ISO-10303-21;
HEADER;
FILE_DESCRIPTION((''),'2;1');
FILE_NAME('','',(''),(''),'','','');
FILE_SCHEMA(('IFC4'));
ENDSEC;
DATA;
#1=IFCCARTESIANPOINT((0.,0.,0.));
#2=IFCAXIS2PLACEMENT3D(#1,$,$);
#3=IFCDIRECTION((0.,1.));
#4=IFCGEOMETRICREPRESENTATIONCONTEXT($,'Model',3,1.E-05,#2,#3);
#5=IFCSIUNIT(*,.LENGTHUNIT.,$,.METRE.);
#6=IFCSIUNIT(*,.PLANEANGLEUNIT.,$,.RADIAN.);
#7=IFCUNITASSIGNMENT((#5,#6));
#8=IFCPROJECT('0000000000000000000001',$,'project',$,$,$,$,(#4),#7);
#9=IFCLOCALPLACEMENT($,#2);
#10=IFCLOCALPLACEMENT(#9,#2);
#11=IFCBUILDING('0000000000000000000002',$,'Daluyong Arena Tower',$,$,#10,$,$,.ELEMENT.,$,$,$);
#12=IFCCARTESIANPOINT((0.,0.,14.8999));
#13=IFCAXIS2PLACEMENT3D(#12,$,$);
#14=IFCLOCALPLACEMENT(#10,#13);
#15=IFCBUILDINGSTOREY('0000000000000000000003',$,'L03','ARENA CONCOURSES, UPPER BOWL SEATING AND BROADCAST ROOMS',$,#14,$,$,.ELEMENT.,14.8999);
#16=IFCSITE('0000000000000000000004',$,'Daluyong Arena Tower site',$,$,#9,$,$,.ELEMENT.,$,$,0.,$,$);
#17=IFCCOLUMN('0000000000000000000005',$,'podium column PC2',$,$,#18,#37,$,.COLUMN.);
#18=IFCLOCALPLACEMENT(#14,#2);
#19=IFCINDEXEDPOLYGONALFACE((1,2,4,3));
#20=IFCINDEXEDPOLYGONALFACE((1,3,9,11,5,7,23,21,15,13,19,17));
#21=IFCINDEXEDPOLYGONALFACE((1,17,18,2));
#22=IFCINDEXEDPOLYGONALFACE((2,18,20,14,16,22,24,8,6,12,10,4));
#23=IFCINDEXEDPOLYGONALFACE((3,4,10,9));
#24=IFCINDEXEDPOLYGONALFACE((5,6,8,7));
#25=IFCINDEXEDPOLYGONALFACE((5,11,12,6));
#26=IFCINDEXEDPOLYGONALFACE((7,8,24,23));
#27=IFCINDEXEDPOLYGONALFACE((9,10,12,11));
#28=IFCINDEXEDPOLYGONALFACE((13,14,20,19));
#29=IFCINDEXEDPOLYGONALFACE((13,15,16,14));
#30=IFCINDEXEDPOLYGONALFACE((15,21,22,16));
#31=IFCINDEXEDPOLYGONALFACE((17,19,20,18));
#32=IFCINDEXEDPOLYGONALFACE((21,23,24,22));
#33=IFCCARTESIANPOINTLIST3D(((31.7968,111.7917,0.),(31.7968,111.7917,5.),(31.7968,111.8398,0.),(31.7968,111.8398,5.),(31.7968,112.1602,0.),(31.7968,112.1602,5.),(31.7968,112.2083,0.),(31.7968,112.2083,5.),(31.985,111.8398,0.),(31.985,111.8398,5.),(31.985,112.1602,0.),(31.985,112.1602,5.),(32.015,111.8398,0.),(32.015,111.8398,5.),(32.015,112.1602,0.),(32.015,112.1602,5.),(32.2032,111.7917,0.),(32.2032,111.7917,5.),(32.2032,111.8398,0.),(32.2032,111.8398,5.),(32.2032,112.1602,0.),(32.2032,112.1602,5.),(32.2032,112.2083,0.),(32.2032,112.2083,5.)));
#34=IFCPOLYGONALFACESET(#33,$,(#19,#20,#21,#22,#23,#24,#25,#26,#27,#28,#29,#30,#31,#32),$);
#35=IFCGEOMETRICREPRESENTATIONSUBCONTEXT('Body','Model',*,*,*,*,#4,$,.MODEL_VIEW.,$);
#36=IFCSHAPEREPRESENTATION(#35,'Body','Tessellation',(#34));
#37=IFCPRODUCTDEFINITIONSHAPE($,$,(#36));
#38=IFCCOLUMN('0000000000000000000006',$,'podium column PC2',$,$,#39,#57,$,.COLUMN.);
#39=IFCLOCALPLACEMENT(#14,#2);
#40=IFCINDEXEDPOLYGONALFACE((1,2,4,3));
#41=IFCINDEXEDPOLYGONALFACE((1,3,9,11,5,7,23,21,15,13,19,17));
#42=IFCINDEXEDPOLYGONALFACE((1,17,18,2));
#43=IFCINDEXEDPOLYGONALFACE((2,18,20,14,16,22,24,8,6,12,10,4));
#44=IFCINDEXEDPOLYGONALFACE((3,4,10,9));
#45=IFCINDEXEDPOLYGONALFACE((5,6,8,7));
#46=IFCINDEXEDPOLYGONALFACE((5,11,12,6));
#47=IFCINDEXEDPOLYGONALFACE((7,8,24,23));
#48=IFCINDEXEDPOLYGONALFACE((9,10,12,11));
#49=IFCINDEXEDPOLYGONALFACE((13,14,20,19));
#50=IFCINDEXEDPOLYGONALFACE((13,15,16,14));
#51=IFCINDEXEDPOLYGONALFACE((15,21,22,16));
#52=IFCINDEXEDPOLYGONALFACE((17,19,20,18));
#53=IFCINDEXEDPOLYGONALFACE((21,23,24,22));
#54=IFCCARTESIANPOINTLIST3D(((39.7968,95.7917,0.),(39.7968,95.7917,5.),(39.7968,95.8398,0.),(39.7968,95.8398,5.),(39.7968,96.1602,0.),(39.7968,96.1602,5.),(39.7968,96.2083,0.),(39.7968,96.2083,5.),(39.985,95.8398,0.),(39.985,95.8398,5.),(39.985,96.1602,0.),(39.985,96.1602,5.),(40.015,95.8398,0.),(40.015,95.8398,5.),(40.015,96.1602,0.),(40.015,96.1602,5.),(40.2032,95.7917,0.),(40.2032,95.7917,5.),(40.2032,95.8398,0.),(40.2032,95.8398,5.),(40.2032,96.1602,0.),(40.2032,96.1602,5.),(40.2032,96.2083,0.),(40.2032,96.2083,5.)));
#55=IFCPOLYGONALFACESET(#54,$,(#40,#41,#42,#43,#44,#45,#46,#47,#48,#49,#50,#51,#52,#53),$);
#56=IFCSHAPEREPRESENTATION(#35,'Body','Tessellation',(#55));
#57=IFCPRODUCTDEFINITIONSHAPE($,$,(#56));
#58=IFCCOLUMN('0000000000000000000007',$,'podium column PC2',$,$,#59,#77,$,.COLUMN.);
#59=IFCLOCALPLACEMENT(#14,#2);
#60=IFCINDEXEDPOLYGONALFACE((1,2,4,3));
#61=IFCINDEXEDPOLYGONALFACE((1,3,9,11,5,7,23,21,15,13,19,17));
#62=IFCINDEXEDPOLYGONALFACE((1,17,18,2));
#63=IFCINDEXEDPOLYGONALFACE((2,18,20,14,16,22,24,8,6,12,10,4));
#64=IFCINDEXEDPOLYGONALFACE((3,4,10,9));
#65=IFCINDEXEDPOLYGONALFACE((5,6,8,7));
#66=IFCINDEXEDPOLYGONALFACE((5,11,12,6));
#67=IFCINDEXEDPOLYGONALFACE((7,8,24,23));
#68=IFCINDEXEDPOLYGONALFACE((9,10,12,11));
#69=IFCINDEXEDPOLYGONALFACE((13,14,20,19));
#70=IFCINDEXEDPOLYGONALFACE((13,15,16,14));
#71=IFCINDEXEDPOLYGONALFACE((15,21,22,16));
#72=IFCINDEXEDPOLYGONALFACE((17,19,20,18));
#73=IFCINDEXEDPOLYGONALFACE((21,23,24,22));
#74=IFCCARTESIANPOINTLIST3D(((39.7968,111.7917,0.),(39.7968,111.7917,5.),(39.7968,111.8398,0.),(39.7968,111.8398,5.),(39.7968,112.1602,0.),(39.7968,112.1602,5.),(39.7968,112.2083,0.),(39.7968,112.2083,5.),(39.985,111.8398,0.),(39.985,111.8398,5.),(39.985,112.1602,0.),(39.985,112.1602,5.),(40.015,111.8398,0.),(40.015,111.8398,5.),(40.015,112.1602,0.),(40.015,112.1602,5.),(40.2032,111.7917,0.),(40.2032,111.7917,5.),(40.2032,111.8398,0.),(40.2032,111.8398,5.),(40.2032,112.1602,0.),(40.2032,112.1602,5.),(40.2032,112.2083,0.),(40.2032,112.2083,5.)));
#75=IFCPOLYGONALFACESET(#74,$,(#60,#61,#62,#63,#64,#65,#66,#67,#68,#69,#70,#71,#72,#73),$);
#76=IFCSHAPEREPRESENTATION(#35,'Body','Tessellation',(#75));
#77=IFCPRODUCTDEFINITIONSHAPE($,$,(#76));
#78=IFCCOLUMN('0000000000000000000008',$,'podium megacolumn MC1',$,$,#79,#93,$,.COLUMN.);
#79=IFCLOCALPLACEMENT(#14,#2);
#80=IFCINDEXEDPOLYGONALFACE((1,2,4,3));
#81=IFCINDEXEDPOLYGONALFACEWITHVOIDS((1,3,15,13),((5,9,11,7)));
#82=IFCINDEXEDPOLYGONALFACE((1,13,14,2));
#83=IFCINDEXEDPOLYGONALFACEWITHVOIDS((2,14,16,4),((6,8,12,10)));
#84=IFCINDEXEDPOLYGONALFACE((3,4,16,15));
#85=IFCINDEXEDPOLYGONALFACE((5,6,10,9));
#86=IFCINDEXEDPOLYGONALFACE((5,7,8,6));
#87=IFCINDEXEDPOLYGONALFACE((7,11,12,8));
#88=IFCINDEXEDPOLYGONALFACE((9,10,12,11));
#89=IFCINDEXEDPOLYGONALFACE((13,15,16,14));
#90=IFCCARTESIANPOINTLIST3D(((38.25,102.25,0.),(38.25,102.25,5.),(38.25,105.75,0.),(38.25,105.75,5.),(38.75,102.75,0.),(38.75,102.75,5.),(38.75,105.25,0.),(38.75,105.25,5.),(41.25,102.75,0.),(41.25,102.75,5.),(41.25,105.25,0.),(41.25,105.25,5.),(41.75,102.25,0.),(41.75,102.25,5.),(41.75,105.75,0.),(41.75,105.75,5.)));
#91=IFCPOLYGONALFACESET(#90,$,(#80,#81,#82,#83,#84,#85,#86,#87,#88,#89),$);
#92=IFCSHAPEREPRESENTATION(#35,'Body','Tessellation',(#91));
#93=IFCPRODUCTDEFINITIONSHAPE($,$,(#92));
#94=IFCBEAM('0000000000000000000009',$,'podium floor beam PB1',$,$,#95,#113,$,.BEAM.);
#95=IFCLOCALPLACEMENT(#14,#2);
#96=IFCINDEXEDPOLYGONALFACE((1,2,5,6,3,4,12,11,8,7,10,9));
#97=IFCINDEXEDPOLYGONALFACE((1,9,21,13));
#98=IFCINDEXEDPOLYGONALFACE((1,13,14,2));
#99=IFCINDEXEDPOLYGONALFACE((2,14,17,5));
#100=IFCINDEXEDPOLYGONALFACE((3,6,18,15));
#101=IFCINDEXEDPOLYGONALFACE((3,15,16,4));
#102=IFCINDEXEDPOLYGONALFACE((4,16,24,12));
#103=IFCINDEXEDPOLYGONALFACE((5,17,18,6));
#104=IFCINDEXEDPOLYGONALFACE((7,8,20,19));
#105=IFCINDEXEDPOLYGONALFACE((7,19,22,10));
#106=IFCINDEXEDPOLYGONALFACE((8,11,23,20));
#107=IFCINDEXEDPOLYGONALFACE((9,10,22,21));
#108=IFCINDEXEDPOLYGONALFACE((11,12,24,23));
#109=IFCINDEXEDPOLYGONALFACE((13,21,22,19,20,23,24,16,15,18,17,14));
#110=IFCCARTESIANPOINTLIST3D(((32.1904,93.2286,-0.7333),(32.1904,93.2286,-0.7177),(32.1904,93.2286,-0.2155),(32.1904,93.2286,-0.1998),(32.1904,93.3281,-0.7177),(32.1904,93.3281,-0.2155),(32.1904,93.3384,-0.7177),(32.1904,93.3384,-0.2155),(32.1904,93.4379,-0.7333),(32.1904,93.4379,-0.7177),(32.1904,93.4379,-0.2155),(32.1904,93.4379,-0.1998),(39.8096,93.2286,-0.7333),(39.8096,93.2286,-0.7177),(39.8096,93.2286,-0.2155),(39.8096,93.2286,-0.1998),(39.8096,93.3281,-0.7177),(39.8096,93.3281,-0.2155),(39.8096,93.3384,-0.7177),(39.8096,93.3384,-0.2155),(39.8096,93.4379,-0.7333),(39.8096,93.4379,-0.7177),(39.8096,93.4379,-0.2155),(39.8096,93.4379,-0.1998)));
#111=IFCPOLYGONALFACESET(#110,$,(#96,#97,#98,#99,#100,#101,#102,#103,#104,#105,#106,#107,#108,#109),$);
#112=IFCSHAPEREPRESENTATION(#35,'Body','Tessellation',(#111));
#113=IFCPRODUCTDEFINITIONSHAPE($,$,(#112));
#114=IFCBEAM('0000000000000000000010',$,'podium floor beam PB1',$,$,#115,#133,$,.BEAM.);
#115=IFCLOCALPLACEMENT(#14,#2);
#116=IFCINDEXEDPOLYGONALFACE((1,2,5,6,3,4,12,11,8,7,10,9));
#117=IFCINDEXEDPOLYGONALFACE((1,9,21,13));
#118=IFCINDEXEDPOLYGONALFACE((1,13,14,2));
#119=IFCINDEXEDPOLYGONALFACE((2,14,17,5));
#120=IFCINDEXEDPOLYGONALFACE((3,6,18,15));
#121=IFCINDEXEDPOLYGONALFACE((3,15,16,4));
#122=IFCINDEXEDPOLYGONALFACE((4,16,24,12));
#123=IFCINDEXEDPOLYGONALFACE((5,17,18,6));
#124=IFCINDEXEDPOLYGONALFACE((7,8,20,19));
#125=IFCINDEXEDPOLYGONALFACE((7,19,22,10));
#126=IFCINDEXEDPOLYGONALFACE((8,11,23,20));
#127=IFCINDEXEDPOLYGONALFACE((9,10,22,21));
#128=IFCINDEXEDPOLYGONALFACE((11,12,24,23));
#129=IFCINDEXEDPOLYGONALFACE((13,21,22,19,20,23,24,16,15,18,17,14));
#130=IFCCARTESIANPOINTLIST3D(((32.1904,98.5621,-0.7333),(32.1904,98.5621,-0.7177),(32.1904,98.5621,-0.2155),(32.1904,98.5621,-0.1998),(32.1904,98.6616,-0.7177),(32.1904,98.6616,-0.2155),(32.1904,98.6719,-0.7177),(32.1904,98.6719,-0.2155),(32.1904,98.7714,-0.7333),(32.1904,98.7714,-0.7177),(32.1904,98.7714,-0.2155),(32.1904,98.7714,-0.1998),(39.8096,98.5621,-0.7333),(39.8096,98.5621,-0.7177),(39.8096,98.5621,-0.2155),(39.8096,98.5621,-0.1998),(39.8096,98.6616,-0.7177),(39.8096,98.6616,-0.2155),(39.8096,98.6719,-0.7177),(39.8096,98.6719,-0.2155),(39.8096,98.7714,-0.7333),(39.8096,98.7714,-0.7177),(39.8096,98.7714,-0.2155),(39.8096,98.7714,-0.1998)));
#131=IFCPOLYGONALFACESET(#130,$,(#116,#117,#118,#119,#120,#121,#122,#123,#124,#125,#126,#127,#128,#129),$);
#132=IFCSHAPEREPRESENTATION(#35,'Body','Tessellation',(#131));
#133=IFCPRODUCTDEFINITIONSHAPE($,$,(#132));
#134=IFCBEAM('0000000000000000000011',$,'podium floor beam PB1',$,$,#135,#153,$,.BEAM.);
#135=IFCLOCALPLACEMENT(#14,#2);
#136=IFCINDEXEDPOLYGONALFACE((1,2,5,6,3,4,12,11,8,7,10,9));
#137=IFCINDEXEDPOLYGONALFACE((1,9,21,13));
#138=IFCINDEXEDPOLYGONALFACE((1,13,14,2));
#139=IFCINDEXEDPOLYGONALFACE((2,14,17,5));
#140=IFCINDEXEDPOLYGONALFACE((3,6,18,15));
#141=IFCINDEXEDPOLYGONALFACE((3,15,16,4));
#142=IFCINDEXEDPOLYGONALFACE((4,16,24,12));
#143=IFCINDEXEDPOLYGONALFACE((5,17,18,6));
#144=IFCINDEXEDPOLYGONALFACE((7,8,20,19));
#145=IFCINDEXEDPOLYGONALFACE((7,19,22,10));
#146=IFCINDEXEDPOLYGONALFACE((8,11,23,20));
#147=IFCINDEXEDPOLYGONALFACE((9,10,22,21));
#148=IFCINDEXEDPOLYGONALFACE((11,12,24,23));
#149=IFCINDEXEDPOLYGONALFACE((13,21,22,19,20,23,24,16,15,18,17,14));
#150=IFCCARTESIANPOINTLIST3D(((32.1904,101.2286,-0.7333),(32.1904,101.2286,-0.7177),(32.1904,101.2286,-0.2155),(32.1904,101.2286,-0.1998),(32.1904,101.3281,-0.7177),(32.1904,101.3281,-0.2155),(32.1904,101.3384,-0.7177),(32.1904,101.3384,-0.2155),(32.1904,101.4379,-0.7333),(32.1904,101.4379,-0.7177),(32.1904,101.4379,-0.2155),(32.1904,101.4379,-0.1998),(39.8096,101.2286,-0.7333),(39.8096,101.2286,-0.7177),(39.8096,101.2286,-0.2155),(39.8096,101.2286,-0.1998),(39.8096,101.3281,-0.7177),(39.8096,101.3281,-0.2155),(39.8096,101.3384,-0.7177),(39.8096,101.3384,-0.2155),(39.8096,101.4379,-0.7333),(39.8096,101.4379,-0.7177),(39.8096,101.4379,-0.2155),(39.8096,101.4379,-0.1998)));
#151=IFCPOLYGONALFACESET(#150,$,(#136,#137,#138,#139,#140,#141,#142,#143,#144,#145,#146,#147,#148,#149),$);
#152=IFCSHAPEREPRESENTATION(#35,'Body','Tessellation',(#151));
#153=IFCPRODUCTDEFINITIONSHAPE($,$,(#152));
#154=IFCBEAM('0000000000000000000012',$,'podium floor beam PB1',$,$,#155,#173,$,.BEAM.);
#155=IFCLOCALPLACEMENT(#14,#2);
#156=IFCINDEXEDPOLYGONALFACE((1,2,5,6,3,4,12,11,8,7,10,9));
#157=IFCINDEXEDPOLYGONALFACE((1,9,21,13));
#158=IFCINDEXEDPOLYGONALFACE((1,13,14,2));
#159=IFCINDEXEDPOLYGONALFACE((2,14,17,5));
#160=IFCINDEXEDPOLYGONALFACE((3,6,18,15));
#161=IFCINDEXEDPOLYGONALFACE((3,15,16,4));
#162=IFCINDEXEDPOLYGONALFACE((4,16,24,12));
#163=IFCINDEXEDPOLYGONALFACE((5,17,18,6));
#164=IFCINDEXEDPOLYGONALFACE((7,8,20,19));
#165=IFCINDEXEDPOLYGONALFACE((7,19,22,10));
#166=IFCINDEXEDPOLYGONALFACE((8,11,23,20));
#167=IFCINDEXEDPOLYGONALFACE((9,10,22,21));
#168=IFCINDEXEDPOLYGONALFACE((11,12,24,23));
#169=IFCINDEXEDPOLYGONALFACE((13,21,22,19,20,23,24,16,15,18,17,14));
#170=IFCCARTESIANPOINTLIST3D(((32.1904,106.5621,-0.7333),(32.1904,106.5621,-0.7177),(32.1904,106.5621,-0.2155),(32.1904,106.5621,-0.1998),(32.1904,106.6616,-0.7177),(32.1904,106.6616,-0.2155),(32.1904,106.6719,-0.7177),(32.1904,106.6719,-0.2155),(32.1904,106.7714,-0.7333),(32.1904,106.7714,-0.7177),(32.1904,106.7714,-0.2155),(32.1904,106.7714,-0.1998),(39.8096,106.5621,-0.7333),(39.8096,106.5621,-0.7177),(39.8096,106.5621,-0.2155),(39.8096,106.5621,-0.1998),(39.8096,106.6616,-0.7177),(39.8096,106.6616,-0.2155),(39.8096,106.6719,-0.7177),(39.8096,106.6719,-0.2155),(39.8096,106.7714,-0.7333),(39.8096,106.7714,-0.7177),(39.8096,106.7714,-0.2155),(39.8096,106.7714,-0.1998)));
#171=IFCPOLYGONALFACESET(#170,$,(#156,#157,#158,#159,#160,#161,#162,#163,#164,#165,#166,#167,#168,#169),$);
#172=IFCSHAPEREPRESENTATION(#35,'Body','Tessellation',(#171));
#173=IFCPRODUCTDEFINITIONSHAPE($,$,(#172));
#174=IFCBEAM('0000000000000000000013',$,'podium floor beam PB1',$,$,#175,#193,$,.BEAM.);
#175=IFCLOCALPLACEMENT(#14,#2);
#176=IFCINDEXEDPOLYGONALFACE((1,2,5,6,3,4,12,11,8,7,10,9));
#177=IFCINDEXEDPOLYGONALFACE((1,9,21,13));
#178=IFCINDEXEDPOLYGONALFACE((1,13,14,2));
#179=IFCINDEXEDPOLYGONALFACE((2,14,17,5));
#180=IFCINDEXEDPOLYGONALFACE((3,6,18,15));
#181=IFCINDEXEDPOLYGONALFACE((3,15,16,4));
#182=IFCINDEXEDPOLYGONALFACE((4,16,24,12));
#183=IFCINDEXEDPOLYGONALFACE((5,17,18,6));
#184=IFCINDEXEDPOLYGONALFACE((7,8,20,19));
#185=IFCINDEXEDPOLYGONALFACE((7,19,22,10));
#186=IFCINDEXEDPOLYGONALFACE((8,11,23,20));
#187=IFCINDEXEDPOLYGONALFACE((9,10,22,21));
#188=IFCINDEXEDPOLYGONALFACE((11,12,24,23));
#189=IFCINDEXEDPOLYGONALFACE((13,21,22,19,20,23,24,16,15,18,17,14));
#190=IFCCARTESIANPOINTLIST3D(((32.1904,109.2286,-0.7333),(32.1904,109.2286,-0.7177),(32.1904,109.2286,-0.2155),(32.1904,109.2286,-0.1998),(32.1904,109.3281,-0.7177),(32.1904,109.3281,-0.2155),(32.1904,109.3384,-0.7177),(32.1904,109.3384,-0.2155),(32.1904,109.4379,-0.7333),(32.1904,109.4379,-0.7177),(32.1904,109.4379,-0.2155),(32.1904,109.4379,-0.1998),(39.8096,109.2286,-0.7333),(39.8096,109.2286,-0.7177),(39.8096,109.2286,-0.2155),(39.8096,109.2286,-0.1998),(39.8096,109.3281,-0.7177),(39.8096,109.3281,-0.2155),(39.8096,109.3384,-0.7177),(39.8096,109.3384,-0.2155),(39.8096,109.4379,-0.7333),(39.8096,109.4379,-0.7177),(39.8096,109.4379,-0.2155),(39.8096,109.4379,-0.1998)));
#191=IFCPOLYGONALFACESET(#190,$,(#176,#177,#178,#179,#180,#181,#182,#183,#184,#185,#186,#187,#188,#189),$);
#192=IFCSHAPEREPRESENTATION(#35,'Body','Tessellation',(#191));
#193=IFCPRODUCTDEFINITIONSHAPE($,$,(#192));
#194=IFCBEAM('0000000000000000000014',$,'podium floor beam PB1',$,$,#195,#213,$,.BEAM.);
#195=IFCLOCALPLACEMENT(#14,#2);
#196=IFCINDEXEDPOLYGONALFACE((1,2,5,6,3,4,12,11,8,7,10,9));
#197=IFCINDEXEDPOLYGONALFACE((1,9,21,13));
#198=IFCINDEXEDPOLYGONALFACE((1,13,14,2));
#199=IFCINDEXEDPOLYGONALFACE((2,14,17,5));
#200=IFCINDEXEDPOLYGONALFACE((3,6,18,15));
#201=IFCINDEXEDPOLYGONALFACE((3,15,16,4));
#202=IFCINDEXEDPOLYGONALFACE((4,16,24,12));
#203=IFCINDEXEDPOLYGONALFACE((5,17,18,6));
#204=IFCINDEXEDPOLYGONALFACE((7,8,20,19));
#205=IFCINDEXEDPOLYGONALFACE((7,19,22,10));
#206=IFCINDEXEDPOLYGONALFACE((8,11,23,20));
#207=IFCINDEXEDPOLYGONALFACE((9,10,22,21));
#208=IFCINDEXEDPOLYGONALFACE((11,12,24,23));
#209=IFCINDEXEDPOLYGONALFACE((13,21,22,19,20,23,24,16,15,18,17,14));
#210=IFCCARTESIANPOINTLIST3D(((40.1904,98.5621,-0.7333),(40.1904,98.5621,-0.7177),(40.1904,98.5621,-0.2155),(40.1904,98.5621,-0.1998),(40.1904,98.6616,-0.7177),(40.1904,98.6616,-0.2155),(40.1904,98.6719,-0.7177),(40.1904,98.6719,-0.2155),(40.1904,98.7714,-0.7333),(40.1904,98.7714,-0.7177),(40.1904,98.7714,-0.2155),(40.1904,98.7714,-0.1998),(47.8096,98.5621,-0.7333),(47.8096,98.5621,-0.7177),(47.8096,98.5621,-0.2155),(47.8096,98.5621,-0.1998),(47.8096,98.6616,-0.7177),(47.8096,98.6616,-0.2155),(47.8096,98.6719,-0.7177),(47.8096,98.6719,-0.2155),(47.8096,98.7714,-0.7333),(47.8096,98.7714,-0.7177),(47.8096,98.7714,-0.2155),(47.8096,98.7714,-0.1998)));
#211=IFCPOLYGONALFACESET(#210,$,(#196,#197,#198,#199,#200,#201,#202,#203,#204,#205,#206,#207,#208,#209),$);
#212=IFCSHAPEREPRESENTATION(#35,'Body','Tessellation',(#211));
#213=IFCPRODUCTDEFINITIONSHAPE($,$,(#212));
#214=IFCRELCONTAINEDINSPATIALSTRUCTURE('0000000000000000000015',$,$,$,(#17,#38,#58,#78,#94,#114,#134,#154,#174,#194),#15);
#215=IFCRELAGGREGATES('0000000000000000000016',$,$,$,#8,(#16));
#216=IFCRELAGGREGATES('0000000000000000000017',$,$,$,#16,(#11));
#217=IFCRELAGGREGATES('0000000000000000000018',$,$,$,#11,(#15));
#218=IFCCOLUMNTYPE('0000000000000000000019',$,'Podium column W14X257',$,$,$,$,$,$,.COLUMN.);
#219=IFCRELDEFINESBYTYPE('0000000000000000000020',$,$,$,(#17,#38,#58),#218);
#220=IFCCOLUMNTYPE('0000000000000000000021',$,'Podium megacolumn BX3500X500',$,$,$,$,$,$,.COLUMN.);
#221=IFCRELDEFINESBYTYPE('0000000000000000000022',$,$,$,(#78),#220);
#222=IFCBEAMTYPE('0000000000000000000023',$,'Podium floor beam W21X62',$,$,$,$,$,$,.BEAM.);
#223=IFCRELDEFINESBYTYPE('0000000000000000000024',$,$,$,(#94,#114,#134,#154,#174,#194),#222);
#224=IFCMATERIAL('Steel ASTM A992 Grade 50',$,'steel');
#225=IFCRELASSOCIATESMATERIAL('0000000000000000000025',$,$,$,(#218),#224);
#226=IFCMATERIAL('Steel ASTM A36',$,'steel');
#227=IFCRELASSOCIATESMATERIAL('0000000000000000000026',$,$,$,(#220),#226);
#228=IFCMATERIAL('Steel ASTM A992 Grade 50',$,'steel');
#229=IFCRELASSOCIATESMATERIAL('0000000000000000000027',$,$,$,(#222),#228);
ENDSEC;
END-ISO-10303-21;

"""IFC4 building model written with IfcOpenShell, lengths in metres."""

from ifc_helpers import new_model, si_unit, direction, frame, origin, origin_2d, place, context, subcontext, project, spatial, hollow_rectangle, i_section, extrude, material, material_profile, profile_set, type_object, element, save


model = new_model("IFC4")

# Units and contexts
model_context = context("Model", 3, precision=1e-05, world=origin(), true_north=direction((0.0, 1.0)))
body_context = subcontext(model_context, "Body", "Model", "MODEL_VIEW")
ifc_project = project(units=[si_unit("LENGTHUNIT", "METRE"), si_unit("PLANEANGLEUNIT", "RADIAN")], contexts=[model_context])

# Site, building, storey
site_placement = place(None, origin())
site = spatial("IfcSite", under=ifc_project, at=site_placement, Name="Daluyong Arena Tower site", CompositionType="ELEMENT", RefElevation=0.0)
building_placement = place(site_placement, origin())
building = spatial("IfcBuilding", under=site, at=building_placement, Name="Daluyong Arena Tower", CompositionType="ELEMENT")
storey_placement = place(building_placement, frame((0.0, 0.0, 14.8999)))
storey = spatial("IfcBuildingStorey", under=building, at=storey_placement, Name="L03", Description="ARENA CONCOURSES, UPPER BOWL SEATING AND BROADCAST ROOMS", CompositionType="ELEMENT", Elevation=14.8999)

# Columns
ifc_material_1 = material(Name="Steel ASTM A992 Grade 50", Category="steel")
ifc_material_profile_1 = material_profile(ifc_material_1, i_section(OverallWidth=0.4065, OverallDepth=0.4165, WebThickness=0.03, FlangeThickness=0.0481, at=origin_2d()))
ifc_profile_set_1 = profile_set([ifc_material_profile_1], Name="Steel ASTM A992 Grade 50")
column_type_1 = type_object("IfcColumnType", Name="Podium column W14X257", PredefinedType="COLUMN", material=ifc_profile_set_1)
for number, where, z_axis, x_axis, name in (
    (1, (32.0, 112.0, 0.0), (0.0, 0.0, 1.0), (1.0, 0.0, 0.0), "podium column PC2"),
    (2, (40.0, 96.0, 0.0), (0.0, 0.0, 1.0), (1.0, 0.0, 0.0), "podium column PC2"),
    (3, (40.0, 112.0, 0.0), (0.0, 0.0, 1.0), (1.0, 0.0, 0.0), "podium column PC2"),
):
    element("IfcColumn", number, at=place(storey_placement, frame(where, z_axis=z_axis, x_axis=x_axis)), inside=storey, type_object=column_type_1, Name=name, PredefinedType="COLUMN", context=body_context, shape_type="SweptSolid", body=[
        extrude(i_section(OverallWidth=0.4065, OverallDepth=0.4165, WebThickness=0.03, FlangeThickness=0.0481, at=origin_2d()), origin(), (0.0, 0.0, 1.0), 5.0),
    ])
ifc_material_2 = material(Name="Steel ASTM A36", Category="steel")
ifc_material_profile_2 = material_profile(ifc_material_2, hollow_rectangle(XDim=3.5, YDim=3.5, WallThickness=0.5, at=origin_2d()))
ifc_profile_set_2 = profile_set([ifc_material_profile_2], Name="Steel ASTM A36")
column_type_2 = type_object("IfcColumnType", Name="Podium megacolumn BX3500X500", PredefinedType="COLUMN", material=ifc_profile_set_2)
column_placement = place(storey_placement, frame((40.0, 104.0, 0.0), z_axis=(0.0, 0.0, 1.0), x_axis=(1.0, 0.0, 0.0)))
element("IfcColumn", 4, at=column_placement, inside=storey, type_object=column_type_2, Name="podium megacolumn MC1", PredefinedType="COLUMN", context=body_context, shape_type="SweptSolid", body=[
    extrude(hollow_rectangle(XDim=3.5, YDim=3.5, WallThickness=0.5, at=origin_2d()), origin(), (0.0, 0.0, 1.0), 5.0),
])

# Beams
ifc_material_3 = material(Name="Steel ASTM A992 Grade 50", Category="steel")
ifc_material_profile_3 = material_profile(ifc_material_3, i_section(OverallWidth=0.2092, OverallDepth=0.5334, WebThickness=0.0103, FlangeThickness=0.0156, at=origin_2d()))
ifc_profile_set_3 = profile_set([ifc_material_profile_3], Name="Steel ASTM A992 Grade 50")
beam_type_1 = type_object("IfcBeamType", Name="Podium floor beam W21X62", PredefinedType="BEAM", material=ifc_profile_set_3)
for number, where, z_axis, x_axis, name in (
    (5, (32.1904, 93.3333, -0.4666), (1.0, 0.0, 0.0), (0.0, 1.0, 0.0), "podium floor beam PB1"),
    (6, (32.1904, 98.6667, -0.4666), (1.0, 0.0, 0.0), (0.0, 1.0, 0.0), "podium floor beam PB1"),
    (7, (32.1904, 101.3333, -0.4666), (1.0, 0.0, 0.0), (0.0, 1.0, 0.0), "podium floor beam PB1"),
    (8, (32.1904, 106.6667, -0.4666), (1.0, 0.0, 0.0), (0.0, 1.0, 0.0), "podium floor beam PB1"),
    (9, (32.1904, 109.3333, -0.4666), (1.0, 0.0, 0.0), (0.0, 1.0, 0.0), "podium floor beam PB1"),
    (10, (40.1904, 98.6667, -0.4666), (1.0, 0.0, 0.0), (0.0, 1.0, 0.0), "podium floor beam PB1"),
):
    element("IfcBeam", number, at=place(storey_placement, frame(where, z_axis=z_axis, x_axis=x_axis)), inside=storey, type_object=beam_type_1, Name=name, PredefinedType="BEAM", context=body_context, shape_type="SweptSolid", body=[
        extrude(i_section(OverallWidth=0.2092, OverallDepth=0.5334, WebThickness=0.0103, FlangeThickness=0.0156, at=origin_2d()), origin(), (0.0, 0.0, 1.0), 7.6191),
    ])

save(model, "model.ifc")
